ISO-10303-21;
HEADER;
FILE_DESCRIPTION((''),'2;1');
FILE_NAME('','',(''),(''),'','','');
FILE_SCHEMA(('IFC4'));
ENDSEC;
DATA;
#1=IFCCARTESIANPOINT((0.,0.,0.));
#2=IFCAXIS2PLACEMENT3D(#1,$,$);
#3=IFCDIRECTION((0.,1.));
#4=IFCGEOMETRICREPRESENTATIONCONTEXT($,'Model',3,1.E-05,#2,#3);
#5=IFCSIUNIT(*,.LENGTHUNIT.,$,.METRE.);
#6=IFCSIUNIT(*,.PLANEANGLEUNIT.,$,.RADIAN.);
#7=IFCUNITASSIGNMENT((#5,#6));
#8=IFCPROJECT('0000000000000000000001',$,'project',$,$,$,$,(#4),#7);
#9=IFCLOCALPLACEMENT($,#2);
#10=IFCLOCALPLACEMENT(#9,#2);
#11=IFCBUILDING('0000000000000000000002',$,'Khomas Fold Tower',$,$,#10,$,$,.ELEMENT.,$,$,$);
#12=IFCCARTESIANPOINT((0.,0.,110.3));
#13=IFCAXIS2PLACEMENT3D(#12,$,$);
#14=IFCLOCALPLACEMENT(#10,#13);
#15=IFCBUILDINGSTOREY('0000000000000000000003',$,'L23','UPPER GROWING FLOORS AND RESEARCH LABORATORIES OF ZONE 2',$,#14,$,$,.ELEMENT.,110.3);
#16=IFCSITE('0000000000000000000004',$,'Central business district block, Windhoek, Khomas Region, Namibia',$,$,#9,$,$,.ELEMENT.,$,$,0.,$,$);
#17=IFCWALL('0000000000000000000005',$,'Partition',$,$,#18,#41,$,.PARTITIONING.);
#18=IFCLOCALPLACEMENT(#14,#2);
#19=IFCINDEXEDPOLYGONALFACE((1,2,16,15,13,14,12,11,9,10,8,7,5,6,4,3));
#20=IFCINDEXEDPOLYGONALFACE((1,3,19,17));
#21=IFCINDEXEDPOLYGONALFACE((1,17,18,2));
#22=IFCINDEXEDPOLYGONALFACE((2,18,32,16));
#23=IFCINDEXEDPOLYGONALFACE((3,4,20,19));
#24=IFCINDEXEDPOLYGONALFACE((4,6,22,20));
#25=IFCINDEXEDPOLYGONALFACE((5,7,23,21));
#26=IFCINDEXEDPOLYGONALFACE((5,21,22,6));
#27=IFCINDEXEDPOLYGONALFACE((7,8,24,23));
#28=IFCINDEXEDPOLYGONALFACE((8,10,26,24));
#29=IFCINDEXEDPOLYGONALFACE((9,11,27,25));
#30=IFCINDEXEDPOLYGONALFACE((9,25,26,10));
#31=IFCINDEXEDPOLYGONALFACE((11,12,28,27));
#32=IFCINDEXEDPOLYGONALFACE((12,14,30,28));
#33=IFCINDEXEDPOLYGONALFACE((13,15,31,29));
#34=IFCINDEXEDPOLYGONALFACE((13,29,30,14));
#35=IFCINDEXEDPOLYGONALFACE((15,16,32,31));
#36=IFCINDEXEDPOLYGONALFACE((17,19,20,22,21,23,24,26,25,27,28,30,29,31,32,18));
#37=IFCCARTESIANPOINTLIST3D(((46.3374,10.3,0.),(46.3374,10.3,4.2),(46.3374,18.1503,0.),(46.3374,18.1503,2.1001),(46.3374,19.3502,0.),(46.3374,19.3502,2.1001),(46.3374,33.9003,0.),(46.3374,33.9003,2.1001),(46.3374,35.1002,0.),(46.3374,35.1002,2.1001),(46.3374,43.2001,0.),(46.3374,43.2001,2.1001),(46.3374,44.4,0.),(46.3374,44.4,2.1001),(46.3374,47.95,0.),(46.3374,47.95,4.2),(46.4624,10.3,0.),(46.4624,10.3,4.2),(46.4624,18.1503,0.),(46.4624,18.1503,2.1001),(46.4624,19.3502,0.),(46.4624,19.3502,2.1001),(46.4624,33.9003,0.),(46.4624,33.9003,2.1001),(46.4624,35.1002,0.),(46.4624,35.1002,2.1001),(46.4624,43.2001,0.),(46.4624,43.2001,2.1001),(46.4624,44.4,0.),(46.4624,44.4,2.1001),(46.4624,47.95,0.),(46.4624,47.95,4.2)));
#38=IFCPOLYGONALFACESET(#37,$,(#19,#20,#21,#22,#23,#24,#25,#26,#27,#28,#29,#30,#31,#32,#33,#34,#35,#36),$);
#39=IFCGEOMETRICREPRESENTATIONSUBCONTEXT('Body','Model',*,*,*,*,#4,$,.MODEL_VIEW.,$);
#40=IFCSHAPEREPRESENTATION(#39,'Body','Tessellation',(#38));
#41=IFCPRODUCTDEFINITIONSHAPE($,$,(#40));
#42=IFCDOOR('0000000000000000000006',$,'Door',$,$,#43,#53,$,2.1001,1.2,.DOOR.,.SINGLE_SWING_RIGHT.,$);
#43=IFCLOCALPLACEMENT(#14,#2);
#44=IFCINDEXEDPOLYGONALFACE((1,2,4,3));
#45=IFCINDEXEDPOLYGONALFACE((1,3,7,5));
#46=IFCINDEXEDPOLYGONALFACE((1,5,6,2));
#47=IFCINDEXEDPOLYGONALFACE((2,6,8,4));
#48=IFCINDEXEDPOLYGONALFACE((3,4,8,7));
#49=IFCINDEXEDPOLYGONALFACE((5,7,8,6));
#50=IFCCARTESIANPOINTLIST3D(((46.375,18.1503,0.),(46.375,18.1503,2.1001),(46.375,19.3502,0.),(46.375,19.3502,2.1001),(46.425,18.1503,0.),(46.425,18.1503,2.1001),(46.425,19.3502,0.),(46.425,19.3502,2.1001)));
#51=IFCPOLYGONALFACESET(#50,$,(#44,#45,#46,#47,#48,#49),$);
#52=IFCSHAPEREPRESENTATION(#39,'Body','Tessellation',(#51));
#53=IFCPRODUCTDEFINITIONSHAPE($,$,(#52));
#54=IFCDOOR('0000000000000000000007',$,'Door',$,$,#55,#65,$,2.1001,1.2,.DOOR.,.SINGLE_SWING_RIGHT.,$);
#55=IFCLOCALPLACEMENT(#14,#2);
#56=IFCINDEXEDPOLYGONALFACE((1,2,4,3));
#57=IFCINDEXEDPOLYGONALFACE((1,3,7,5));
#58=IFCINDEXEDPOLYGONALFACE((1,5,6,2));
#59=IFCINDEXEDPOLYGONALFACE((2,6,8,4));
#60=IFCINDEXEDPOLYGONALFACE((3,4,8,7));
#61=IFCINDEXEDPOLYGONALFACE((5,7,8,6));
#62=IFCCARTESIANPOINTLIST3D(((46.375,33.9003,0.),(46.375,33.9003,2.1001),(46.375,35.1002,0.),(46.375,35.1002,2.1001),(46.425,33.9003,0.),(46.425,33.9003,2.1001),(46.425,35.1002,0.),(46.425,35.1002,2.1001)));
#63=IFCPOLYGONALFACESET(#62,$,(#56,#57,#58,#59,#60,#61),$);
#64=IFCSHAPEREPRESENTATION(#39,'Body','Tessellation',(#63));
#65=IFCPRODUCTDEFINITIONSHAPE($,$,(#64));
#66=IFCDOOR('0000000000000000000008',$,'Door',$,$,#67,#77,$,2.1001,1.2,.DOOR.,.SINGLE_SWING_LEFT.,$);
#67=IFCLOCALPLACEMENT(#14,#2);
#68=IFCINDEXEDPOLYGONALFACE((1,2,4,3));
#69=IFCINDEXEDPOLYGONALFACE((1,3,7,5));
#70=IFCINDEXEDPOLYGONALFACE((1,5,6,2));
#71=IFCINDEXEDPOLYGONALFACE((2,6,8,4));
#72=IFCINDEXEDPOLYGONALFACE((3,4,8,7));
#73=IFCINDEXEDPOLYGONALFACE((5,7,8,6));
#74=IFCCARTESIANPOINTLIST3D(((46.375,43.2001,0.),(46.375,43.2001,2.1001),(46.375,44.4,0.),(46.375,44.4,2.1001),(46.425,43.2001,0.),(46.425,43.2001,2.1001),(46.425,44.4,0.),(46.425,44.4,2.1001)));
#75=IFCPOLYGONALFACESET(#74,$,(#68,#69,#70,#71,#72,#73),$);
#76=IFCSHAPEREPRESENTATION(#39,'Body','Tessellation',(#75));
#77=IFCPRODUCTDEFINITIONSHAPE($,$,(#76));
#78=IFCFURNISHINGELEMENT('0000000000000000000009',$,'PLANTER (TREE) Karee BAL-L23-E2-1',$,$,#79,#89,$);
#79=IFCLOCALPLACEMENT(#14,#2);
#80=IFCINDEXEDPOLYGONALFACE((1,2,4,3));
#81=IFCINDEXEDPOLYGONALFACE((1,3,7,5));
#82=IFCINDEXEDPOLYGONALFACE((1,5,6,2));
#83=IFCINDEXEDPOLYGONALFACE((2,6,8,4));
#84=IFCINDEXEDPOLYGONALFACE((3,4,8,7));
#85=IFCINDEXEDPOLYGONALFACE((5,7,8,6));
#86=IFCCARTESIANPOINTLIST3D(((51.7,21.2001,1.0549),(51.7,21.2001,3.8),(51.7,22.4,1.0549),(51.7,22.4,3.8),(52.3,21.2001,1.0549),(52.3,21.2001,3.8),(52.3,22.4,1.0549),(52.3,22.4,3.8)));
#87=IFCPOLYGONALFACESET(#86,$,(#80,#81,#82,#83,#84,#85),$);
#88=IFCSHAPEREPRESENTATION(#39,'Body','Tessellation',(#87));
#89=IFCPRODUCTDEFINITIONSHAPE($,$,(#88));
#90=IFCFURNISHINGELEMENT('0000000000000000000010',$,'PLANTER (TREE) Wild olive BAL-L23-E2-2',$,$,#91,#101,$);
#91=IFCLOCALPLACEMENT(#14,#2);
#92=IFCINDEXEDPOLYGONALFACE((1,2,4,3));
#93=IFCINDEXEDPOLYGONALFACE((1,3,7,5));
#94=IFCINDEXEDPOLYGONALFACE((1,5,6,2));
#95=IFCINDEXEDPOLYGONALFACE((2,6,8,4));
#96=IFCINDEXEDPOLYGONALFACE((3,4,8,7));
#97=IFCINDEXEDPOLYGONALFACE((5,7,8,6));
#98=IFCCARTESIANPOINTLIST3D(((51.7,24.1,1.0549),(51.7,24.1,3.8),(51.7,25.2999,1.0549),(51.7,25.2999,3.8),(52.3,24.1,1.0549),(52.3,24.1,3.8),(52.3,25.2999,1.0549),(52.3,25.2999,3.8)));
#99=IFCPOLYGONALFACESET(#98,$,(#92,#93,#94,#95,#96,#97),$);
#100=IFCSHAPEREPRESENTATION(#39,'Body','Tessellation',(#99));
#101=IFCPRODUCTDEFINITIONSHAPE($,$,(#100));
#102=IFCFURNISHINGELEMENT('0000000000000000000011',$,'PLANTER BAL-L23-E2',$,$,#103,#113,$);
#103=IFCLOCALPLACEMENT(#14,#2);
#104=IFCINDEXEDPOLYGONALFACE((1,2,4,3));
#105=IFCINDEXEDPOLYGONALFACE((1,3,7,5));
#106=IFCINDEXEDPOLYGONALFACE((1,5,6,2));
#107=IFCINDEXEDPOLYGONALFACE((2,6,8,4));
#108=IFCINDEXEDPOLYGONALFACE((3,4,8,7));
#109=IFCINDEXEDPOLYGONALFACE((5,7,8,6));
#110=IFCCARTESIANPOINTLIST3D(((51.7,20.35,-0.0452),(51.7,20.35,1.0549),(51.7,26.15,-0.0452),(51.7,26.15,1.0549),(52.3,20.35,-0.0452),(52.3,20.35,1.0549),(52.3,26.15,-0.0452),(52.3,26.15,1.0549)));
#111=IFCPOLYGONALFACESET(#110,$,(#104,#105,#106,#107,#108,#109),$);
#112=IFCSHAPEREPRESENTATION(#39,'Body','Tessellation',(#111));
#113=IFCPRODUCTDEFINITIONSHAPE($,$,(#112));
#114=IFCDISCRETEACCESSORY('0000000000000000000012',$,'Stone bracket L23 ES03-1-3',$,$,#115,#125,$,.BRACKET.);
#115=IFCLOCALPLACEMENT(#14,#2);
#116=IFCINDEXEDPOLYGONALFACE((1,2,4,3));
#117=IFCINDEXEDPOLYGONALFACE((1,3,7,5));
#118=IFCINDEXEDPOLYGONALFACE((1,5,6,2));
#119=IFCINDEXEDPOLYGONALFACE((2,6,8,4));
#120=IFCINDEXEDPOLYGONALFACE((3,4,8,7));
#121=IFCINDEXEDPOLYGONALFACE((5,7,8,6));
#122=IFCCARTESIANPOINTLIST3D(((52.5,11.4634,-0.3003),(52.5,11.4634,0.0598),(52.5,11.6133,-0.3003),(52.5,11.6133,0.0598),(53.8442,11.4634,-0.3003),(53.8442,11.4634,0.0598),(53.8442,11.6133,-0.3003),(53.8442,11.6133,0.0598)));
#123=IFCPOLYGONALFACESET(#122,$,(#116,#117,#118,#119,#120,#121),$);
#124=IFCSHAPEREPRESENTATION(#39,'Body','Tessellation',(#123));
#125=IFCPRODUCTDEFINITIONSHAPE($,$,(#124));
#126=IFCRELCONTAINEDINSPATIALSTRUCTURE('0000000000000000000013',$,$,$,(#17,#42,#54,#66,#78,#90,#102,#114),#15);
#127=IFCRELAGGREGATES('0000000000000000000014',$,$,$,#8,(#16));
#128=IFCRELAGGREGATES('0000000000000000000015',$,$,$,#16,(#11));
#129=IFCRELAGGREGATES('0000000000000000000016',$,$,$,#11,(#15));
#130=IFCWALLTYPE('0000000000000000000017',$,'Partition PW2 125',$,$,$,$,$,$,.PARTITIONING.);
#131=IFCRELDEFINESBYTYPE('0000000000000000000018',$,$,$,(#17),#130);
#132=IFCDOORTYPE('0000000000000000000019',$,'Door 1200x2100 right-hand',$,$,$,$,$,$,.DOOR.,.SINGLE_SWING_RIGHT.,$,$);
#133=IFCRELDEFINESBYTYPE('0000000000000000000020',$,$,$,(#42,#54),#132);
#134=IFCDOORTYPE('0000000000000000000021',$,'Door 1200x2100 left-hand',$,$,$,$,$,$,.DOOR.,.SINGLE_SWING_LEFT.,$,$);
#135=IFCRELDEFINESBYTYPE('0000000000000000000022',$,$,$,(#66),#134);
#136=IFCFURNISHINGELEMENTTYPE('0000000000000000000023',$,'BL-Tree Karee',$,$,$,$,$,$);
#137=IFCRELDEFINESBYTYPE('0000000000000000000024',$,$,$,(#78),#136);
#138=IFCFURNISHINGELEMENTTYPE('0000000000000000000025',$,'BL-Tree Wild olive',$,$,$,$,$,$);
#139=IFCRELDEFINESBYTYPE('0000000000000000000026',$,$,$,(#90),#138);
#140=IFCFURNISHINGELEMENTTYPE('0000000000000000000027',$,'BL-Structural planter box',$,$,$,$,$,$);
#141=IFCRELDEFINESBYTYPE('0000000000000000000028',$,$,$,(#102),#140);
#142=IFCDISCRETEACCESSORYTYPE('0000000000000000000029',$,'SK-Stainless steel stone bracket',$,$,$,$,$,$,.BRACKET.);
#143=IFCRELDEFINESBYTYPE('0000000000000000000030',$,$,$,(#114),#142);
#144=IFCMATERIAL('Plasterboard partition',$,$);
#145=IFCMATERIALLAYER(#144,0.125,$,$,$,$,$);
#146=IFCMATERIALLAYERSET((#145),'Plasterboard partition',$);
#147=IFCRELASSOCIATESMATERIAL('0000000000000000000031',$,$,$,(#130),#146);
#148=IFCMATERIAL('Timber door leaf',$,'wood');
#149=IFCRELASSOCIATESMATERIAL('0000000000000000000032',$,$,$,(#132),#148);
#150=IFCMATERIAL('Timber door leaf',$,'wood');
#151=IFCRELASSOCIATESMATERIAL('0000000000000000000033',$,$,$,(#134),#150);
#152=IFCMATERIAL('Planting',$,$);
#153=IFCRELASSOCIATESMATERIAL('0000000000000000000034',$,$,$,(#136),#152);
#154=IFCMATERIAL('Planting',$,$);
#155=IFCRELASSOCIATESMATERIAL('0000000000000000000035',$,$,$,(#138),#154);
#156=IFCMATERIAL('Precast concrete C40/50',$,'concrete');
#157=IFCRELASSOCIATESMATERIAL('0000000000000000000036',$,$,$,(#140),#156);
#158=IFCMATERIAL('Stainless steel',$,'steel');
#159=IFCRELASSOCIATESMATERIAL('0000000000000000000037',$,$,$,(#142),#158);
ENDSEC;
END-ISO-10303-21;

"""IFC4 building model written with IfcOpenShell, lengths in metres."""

from ifc_helpers import new_model, si_unit, direction, frame, frame_2d, origin, origin_2d, place, context, subcontext, project, spatial, rectangle, extrude, source, transform, mapped, material, layer, layer_set, type_object, element, fill, save


model = new_model("IFC4")

# Units and contexts
model_context = context("Model", 3, precision=1e-05, world=origin(), true_north=direction((0.0, 1.0)))
body_context = subcontext(model_context, "Body", "Model", "MODEL_VIEW")
ifc_project = project(units=[si_unit("LENGTHUNIT", "METRE"), si_unit("PLANEANGLEUNIT", "RADIAN")], contexts=[model_context])

# Site, building, storey
site_placement = place(None, origin())
site = spatial("IfcSite", under=ifc_project, at=site_placement, Name="Central business district block, Windhoek, Khomas Region, Namibia", CompositionType="ELEMENT", RefElevation=0.0)
building_placement = place(site_placement, origin())
building = spatial("IfcBuilding", under=site, at=building_placement, Name="Khomas Fold Tower", CompositionType="ELEMENT")
storey_placement = place(building_placement, frame((0.0, 0.0, 110.3)))
storey = spatial("IfcBuildingStorey", under=building, at=storey_placement, Name="L23", Description="UPPER GROWING FLOORS AND RESEARCH LABORATORIES OF ZONE 2", CompositionType="ELEMENT", Elevation=110.3)

# Wall, openings, doors
ifc_material_1 = material(Name="Plasterboard partition")
ifc_layer_1 = layer(ifc_material_1, 0.125)
ifc_layer_set_1 = layer_set([ifc_layer_1], Name="Plasterboard partition")
wall_type_1 = type_object("IfcWallType", Name="Partition PW2 125", PredefinedType="PARTITIONING", material=ifc_layer_set_1)
shared_shape_1 = source(origin(), body_context, "Body", "SweptSolid", [
    extrude(rectangle(XDim=37.6499, YDim=0.125, at=frame_2d((18.825, 0.0))), origin(), (0.0, 0.0, 1.0), 4.2),
])
wall_1_placement = place(storey_placement, frame((46.3999, 10.3, 0.0), z_axis=(0.0, 0.0, 1.0), x_axis=(0.0, 1.0, 0.0)))
wall_1 = element("IfcWall", 1, at=wall_1_placement, inside=storey, type_object=wall_type_1, Name="Partition", PredefinedType="PARTITIONING", context=body_context, shape_type="MappedRepresentation", body=[
    mapped(shared_shape_1, transform((0.0, 0.0, 0.0))),
])
shared_shape_2 = source(origin(), body_context, "Body", "SweptSolid", [
    extrude(rectangle(XDim=1.2, YDim=2.1001, at=frame_2d((0.6001, 1.05))), frame((0.0, 0.0725, 0.0), z_axis=(0.0, -1.0, 0.0), x_axis=(1.0, 0.0, 0.0)), (0.0, 0.0, 1.0), 0.145),
])
opening_1_placement = place(wall_1_placement, frame((7.8501, 0.0, 0.0)))
opening_1 = element("IfcOpeningElement", 2, at=opening_1_placement, cuts=wall_1, PredefinedType="OPENING", context=body_context, shape_type="MappedRepresentation", body=[
    mapped(shared_shape_2, transform((0.0, 0.0, 0.0))),
])
opening_2_placement = place(wall_1_placement, frame((23.6001, 0.0, 0.0)))
opening_2 = element("IfcOpeningElement", 3, at=opening_2_placement, cuts=wall_1, PredefinedType="OPENING", context=body_context, shape_type="MappedRepresentation", body=[
    mapped(shared_shape_2, transform((0.0, 0.0, 0.0))),
])
opening_3_placement = place(wall_1_placement, frame((32.8999, 0.0, 0.0)))
opening_3 = element("IfcOpeningElement", 4, at=opening_3_placement, cuts=wall_1, PredefinedType="OPENING", context=body_context, shape_type="MappedRepresentation", body=[
    mapped(shared_shape_2, transform((0.0, 0.0, 0.0))),
])
ifc_material_2 = material(Name="Timber door leaf", Category="wood")
door_type_1 = type_object("IfcDoorType", Name="Door 1200x2100 right-hand", OperationType="SINGLE_SWING_RIGHT", PredefinedType="DOOR", material=ifc_material_2)
shared_shape_3 = source(origin(), body_context, "Body", "SweptSolid", [
    extrude(rectangle(XDim=1.2, YDim=2.1001, at=frame_2d((0.6001, 1.05))), frame((0.0, 0.0249, 0.0), z_axis=(0.0, -1.0, 0.0), x_axis=(1.0, 0.0, 0.0)), (0.0, 0.0, 1.0), 0.05),
])
door_1_placement = place(opening_1_placement, origin())
door_1 = element("IfcDoor", 5, at=door_1_placement, inside=storey, type_object=door_type_1, Name="Door", OperationType="SINGLE_SWING_RIGHT", OverallHeight=2.1001, OverallWidth=1.2, PredefinedType="DOOR", context=body_context, shape_type="MappedRepresentation", body=[
    mapped(shared_shape_3, transform((0.0, 0.0, 0.0))),
])
fill(opening_1, door_1)
door_2_placement = place(opening_2_placement, origin())
door_2 = element("IfcDoor", 6, at=door_2_placement, inside=storey, type_object=door_type_1, Name="Door", OperationType="SINGLE_SWING_RIGHT", OverallHeight=2.1001, OverallWidth=1.2, PredefinedType="DOOR", context=body_context, shape_type="MappedRepresentation", body=[
    mapped(shared_shape_3, transform((0.0, 0.0, 0.0))),
])
fill(opening_2, door_2)
ifc_material_3 = material(Name="Timber door leaf", Category="wood")
door_type_2 = type_object("IfcDoorType", Name="Door 1200x2100 left-hand", OperationType="SINGLE_SWING_LEFT", PredefinedType="DOOR", material=ifc_material_3)
door_3_placement = place(opening_3_placement, origin())
door_3 = element("IfcDoor", 7, at=door_3_placement, inside=storey, type_object=door_type_2, Name="Door", OperationType="SINGLE_SWING_LEFT", OverallHeight=2.1001, OverallWidth=1.2, PredefinedType="DOOR", context=body_context, shape_type="MappedRepresentation", body=[
    mapped(shared_shape_3, transform((0.0, 0.0, 0.0))),
])
fill(opening_3, door_3)

# Furnishing elements
ifc_material_4 = material(Name="Planting")
furnishing_element_type_1 = type_object("IfcFurnishingElementType", Name="BL-Tree Karee", material=ifc_material_4)
shared_shape_4 = source(origin(), body_context, "Body", "SweptSolid", [
    extrude(rectangle(XDim=1.2, YDim=0.6001, at=origin_2d()), origin(), (0.0, 0.0, 1.0), 2.7451),
])
furnishing_1_placement = place(storey_placement, frame((52.0, 21.8, 1.0549), z_axis=(0.0, 0.0, 1.0), x_axis=(0.0, 1.0, 0.0)))
element("IfcFurnishingElement", 8, at=furnishing_1_placement, inside=storey, type_object=furnishing_element_type_1, Name="PLANTER (TREE) Karee BAL-L23-E2-1", context=body_context, shape_type="MappedRepresentation", body=[
    mapped(shared_shape_4, transform((0.0, 0.0, 0.0))),
])
ifc_material_5 = material(Name="Planting")
furnishing_element_type_2 = type_object("IfcFurnishingElementType", Name="BL-Tree Wild olive", material=ifc_material_5)
furnishing_2_placement = place(storey_placement, frame((52.0, 24.7, 1.0549), z_axis=(0.0, 0.0, 1.0), x_axis=(0.0, 1.0, 0.0)))
element("IfcFurnishingElement", 9, at=furnishing_2_placement, inside=storey, type_object=furnishing_element_type_2, Name="PLANTER (TREE) Wild olive BAL-L23-E2-2", context=body_context, shape_type="MappedRepresentation", body=[
    mapped(shared_shape_4, transform((0.0, 0.0, 0.0))),
])
ifc_material_6 = material(Name="Precast concrete C40/50", Category="concrete")
furnishing_element_type_3 = type_object("IfcFurnishingElementType", Name="BL-Structural planter box", material=ifc_material_6)
shared_shape_5 = source(origin(), body_context, "Body", "SweptSolid", [
    extrude(rectangle(XDim=5.8, YDim=0.6001, at=origin_2d()), origin(), (0.0, 0.0, 1.0), 1.1001),
])
furnishing_3_placement = place(storey_placement, frame((52.0, 23.25, -0.0452), z_axis=(0.0, 0.0, 1.0), x_axis=(0.0, 1.0, 0.0)))
element("IfcFurnishingElement", 10, at=furnishing_3_placement, inside=storey, type_object=furnishing_element_type_3, Name="PLANTER BAL-L23-E2", context=body_context, shape_type="MappedRepresentation", body=[
    mapped(shared_shape_5, transform((0.0, 0.0, 0.0))),
])

# Discrete accessory
ifc_material_7 = material(Name="Stainless steel", Category="steel")
discrete_accessory_type = type_object("IfcDiscreteAccessoryType", Name="SK-Stainless steel stone bracket", PredefinedType="BRACKET", material=ifc_material_7)
shared_shape_6 = source(origin(), body_context, "Body", "SweptSolid", [
    extrude(rectangle(XDim=1.3442, YDim=0.1499, at=origin_2d()), origin(), (0.0, 0.0, 1.0), 0.3601),
])
discrete_accessory_placement = place(storey_placement, frame((53.1721, 11.5383, -0.3003), z_axis=(0.0, 0.0, 1.0), x_axis=(1.0, 0.0, 0.0)))
element("IfcDiscreteAccessory", 11, at=discrete_accessory_placement, inside=storey, type_object=discrete_accessory_type, Name="Stone bracket L23 ES03-1-3", PredefinedType="BRACKET", context=body_context, shape_type="MappedRepresentation", body=[
    mapped(shared_shape_6, transform((0.0, 0.0, 0.0))),
])

save(model, "model.ifc")
